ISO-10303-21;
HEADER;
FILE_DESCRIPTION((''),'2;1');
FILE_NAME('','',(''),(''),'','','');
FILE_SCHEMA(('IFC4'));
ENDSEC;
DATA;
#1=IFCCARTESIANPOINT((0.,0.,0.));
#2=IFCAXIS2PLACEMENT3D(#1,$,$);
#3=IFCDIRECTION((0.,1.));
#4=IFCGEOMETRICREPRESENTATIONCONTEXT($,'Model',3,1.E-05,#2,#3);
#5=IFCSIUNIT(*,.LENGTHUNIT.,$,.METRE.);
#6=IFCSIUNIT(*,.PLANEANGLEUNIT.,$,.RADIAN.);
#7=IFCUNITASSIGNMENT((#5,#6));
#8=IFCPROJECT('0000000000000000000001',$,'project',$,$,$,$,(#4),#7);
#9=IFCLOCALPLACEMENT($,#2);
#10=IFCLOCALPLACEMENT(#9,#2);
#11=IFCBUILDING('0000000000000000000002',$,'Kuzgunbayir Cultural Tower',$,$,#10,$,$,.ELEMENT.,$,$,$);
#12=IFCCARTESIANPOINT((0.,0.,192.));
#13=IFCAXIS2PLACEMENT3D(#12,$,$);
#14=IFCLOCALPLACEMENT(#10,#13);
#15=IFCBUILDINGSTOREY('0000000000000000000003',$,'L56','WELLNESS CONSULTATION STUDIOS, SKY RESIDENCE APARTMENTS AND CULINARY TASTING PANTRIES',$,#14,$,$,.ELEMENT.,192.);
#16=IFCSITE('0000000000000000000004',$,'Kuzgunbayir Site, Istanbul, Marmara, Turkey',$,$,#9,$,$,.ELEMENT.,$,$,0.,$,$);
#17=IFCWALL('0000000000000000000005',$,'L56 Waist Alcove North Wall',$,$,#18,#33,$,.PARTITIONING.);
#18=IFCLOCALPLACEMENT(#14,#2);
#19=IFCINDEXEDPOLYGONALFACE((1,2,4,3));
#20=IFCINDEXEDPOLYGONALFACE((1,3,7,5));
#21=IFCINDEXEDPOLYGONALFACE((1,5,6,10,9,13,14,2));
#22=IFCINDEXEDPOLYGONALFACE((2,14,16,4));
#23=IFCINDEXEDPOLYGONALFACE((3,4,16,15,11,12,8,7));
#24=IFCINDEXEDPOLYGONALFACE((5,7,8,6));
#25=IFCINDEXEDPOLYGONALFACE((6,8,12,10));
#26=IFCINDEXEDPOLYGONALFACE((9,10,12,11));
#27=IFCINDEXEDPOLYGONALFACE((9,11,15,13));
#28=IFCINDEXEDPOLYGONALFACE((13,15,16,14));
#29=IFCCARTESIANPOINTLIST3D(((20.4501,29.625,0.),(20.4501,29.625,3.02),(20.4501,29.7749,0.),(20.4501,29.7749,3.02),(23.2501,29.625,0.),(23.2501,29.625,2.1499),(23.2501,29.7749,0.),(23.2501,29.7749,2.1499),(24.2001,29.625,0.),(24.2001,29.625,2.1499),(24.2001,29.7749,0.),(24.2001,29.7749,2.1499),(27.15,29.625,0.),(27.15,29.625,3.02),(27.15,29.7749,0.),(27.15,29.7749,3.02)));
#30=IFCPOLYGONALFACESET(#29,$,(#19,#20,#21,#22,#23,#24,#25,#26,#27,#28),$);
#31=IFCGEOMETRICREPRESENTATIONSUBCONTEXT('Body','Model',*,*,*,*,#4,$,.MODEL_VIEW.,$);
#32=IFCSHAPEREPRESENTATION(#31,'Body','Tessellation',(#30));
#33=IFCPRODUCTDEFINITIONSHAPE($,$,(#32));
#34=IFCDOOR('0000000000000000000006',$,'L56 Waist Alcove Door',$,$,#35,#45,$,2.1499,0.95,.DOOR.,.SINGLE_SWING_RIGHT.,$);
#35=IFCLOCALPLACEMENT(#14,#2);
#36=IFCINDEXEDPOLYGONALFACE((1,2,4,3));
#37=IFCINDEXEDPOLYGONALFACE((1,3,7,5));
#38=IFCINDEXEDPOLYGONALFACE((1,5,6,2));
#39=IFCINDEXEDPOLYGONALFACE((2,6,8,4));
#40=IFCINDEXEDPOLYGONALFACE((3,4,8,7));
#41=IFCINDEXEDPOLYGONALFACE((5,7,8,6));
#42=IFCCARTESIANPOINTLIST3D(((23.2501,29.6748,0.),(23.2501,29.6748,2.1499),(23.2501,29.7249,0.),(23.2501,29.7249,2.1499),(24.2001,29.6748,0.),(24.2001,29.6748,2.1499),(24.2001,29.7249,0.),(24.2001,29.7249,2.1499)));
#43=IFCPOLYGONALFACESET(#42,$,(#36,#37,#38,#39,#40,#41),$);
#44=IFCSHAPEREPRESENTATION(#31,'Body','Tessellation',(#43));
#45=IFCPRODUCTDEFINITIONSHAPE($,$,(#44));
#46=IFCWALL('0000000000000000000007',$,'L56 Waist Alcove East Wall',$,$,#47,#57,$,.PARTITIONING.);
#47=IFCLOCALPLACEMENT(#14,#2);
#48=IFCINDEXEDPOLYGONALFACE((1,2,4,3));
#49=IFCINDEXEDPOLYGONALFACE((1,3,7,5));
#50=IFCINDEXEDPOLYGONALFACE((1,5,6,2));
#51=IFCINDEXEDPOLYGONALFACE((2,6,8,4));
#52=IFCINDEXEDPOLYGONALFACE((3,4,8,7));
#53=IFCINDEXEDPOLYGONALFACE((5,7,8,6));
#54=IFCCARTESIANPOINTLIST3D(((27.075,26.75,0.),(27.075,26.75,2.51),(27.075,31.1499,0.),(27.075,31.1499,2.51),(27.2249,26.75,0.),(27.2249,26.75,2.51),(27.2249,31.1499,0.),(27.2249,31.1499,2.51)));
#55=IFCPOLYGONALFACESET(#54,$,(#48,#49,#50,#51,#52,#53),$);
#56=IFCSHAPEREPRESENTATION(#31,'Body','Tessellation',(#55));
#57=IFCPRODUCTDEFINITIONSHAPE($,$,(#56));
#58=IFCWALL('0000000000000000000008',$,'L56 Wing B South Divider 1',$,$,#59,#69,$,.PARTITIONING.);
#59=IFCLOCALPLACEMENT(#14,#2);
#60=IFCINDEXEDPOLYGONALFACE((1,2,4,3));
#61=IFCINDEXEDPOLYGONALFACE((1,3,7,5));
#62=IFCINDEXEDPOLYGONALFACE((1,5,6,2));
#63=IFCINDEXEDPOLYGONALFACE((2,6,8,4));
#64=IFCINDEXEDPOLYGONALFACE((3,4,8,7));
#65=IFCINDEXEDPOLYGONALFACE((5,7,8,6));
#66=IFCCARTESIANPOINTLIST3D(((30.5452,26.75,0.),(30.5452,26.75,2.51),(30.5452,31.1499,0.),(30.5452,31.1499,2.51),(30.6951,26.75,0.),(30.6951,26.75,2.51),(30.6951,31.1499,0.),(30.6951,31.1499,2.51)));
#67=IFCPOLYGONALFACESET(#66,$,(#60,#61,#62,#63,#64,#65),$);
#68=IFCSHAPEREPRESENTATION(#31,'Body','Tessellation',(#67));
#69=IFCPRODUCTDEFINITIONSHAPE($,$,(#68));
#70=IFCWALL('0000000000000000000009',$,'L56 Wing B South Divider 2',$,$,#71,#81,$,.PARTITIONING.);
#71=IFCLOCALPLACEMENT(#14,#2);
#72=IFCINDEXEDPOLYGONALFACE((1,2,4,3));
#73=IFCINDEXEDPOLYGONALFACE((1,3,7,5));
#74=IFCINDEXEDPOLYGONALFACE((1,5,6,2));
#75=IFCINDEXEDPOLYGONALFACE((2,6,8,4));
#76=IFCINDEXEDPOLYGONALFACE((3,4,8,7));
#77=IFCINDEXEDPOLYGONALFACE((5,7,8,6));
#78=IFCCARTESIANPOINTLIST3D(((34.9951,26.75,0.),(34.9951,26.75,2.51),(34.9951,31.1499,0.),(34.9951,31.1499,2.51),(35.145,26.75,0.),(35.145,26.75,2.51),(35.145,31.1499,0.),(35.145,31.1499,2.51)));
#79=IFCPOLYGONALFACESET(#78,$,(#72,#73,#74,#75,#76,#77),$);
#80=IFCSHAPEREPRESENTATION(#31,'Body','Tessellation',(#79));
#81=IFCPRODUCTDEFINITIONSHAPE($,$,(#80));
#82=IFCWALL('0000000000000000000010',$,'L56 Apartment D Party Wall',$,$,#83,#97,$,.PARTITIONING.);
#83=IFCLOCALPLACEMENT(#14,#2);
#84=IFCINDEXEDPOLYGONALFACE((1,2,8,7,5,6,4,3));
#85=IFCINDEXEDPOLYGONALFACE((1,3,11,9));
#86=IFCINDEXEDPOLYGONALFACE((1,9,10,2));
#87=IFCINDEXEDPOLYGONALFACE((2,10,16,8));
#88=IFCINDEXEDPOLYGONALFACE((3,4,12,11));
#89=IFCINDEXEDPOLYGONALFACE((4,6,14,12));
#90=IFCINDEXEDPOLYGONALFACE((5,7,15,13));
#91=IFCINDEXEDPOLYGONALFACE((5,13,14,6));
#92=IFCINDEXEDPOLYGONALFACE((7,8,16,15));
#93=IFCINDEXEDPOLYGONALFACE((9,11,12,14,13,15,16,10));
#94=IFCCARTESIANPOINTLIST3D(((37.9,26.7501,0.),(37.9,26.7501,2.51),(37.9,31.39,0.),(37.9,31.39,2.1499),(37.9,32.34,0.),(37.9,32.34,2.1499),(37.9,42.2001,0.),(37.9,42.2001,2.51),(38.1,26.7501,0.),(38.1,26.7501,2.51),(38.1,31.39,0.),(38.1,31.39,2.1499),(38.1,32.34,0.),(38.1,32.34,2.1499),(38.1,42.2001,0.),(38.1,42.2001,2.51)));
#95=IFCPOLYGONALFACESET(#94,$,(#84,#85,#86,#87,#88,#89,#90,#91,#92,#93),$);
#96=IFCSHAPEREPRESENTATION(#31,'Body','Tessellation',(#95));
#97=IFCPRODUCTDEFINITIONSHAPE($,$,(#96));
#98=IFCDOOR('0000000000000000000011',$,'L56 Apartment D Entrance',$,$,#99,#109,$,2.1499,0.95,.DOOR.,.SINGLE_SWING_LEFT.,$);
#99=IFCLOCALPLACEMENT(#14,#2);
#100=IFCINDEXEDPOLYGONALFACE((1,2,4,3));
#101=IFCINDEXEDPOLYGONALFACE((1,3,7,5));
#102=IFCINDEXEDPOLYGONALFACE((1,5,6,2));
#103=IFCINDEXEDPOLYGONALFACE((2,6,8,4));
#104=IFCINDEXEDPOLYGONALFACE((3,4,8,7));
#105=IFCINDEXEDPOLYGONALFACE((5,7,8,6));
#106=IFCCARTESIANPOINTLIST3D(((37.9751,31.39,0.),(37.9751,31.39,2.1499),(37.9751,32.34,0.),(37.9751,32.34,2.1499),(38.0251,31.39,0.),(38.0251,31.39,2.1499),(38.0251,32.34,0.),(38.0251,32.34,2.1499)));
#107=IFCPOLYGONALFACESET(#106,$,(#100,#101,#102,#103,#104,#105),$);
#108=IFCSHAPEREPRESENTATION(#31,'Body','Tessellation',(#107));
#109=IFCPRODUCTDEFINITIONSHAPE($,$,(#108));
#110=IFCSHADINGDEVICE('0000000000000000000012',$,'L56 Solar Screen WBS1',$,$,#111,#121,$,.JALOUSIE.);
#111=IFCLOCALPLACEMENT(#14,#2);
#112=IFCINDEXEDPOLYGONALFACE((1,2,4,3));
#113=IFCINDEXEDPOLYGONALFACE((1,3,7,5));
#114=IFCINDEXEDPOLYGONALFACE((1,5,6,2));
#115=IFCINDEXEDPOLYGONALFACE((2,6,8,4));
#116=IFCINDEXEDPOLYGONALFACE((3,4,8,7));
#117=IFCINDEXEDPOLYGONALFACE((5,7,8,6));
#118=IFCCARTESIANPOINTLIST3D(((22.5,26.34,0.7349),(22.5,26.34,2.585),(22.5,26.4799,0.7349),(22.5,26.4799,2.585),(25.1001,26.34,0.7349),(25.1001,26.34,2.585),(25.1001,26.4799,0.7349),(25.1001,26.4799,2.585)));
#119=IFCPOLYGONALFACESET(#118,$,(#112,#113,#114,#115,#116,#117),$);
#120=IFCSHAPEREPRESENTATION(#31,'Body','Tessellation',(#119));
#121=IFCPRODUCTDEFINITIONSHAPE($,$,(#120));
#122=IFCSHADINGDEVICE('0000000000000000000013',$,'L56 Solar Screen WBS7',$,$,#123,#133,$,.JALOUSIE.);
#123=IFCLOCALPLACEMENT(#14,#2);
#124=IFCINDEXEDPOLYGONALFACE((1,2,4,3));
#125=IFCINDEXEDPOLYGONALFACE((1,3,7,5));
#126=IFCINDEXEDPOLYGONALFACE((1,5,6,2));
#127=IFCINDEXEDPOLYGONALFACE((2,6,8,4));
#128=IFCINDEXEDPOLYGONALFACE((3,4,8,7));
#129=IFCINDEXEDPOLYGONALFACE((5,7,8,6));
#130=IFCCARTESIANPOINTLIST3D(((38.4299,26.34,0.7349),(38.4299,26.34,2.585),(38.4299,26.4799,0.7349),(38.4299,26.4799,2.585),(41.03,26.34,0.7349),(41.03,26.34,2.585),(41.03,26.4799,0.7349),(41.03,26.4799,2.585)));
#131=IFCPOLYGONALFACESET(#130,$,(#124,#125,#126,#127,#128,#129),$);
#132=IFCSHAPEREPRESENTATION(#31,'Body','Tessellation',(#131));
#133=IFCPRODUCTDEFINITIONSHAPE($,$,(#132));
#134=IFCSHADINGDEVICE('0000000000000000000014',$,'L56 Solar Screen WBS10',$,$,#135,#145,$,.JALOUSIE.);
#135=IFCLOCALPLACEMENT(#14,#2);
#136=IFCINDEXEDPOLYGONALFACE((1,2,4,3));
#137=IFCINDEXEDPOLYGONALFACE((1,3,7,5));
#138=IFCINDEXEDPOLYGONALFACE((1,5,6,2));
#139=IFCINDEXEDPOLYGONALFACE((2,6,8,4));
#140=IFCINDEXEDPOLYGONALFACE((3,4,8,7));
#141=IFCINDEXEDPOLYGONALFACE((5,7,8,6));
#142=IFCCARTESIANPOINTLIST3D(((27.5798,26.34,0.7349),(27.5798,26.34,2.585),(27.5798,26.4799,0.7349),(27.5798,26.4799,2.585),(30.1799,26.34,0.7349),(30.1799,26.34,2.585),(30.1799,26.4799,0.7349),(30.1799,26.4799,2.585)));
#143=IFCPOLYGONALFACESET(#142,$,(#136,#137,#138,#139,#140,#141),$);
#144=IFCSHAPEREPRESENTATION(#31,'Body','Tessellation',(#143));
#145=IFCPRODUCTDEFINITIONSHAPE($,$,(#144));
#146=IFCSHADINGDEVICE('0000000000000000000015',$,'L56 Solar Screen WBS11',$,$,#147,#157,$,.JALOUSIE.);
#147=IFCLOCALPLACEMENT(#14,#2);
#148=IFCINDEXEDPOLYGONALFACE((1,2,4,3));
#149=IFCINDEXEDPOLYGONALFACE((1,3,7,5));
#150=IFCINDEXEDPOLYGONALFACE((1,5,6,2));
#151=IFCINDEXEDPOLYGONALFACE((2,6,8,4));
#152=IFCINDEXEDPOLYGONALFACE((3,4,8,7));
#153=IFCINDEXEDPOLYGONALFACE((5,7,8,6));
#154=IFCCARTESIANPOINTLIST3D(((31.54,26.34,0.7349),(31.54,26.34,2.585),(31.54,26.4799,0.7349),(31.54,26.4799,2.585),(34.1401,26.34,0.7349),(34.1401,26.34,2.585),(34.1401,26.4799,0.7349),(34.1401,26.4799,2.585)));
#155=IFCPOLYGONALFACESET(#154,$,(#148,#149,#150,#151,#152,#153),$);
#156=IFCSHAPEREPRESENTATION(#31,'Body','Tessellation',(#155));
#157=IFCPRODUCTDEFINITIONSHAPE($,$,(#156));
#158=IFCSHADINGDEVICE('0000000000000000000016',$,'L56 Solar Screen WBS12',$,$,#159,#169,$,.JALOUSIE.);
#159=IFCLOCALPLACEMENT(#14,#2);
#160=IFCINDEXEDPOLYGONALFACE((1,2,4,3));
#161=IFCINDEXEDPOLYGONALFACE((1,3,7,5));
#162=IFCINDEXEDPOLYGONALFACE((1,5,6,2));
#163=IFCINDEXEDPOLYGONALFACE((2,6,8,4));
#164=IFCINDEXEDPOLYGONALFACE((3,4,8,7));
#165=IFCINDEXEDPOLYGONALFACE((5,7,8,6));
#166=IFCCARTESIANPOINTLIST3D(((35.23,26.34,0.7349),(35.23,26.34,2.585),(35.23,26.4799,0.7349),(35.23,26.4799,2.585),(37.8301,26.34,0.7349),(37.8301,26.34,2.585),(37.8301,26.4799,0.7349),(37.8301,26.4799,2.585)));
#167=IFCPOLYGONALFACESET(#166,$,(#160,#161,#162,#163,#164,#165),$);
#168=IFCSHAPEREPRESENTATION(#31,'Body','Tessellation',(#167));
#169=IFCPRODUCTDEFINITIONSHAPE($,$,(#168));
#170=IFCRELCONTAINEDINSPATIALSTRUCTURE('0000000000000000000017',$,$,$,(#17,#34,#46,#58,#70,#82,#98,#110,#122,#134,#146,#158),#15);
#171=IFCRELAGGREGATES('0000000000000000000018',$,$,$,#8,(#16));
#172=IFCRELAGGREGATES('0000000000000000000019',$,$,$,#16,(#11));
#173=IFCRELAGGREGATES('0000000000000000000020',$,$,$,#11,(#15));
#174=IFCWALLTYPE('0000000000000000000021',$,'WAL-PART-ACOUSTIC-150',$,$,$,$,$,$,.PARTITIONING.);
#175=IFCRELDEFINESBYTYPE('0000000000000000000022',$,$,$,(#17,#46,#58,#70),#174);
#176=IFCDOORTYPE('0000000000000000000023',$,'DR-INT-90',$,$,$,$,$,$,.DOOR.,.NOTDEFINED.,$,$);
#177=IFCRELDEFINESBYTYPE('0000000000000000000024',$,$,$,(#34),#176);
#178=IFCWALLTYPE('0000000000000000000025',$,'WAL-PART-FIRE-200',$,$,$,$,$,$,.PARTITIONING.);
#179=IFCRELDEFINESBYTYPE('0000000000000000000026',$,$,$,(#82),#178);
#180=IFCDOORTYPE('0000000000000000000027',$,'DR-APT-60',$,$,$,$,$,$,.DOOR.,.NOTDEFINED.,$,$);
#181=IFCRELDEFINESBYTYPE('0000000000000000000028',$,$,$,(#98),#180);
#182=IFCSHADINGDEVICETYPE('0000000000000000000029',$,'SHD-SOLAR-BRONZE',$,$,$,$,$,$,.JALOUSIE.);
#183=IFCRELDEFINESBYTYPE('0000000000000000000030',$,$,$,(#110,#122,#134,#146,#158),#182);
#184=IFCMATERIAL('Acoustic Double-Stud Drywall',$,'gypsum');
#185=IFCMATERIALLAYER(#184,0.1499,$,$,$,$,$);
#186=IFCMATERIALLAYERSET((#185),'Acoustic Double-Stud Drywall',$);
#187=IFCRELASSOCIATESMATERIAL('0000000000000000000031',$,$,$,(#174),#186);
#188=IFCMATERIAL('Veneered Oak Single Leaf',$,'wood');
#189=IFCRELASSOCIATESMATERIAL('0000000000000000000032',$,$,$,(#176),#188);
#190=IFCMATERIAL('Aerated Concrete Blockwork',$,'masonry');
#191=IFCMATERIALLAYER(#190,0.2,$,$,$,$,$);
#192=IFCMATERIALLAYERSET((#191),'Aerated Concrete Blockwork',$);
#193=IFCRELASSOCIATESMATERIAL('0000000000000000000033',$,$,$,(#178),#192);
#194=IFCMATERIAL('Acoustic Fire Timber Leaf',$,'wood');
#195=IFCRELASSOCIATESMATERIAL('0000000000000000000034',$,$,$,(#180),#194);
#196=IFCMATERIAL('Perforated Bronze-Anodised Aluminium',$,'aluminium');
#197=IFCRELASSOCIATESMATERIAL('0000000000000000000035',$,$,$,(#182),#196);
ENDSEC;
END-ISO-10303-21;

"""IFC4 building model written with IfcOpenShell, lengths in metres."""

from ifc_helpers import new_model, si_unit, direction, frame, frame_2d, origin, origin_2d, place, context, subcontext, project, spatial, rectangle, extrude, material, layer, layer_set, type_object, element, fill, save


model = new_model("IFC4")

# Units and contexts
model_context = context("Model", 3, precision=1e-05, world=origin(), true_north=direction((0.0, 1.0)))
body_context = subcontext(model_context, "Body", "Model", "MODEL_VIEW")
ifc_project = project(units=[si_unit("LENGTHUNIT", "METRE"), si_unit("PLANEANGLEUNIT", "RADIAN")], contexts=[model_context])

# Site, building, storey
site_placement = place(None, origin())
site = spatial("IfcSite", under=ifc_project, at=site_placement, Name="Kuzgunbayir Site, Istanbul, Marmara, Turkey", CompositionType="ELEMENT", RefElevation=0.0)
building_placement = place(site_placement, origin())
building = spatial("IfcBuilding", under=site, at=building_placement, Name="Kuzgunbayir Cultural Tower", CompositionType="ELEMENT")
storey_placement = place(building_placement, frame((0.0, 0.0, 192.0)))
storey = spatial("IfcBuildingStorey", under=building, at=storey_placement, Name="L56", Description="WELLNESS CONSULTATION STUDIOS, SKY RESIDENCE APARTMENTS AND CULINARY TASTING PANTRIES", CompositionType="ELEMENT", Elevation=192.0)

# Wall, opening, door
ifc_material_1 = material(Name="Acoustic Double-Stud Drywall", Category="gypsum")
ifc_layer_1 = layer(ifc_material_1, 0.1499)
ifc_layer_set_1 = layer_set([ifc_layer_1], Name="Acoustic Double-Stud Drywall")
wall_type_1 = type_object("IfcWallType", Name="WAL-PART-ACOUSTIC-150", PredefinedType="PARTITIONING", material=ifc_layer_set_1)
wall_1_placement = place(storey_placement, frame((20.45, 29.7, 0.0), z_axis=(0.0, 0.0, 1.0), x_axis=(1.0, 0.0, 0.0)))
wall_1 = element("IfcWall", 1, at=wall_1_placement, inside=storey, type_object=wall_type_1, Name="L56 Waist Alcove North Wall", PredefinedType="PARTITIONING", context=body_context, shape_type="SweptSolid", body=[
    extrude(rectangle(XDim=6.7, YDim=0.1499, at=frame_2d((3.3501, 0.0))), origin(), (0.0, 0.0, 1.0), 3.02),
])
opening_1_placement = place(wall_1_placement, frame((2.8, 0.0, 0.0)))
opening_1 = element("IfcOpeningElement", 2, at=opening_1_placement, cuts=wall_1, PredefinedType="OPENING", context=body_context, shape_type="SweptSolid", body=[
    extrude(rectangle(XDim=0.95, YDim=2.1499, at=frame_2d((0.4751, 1.075))), frame((0.0, 0.085, 0.0), z_axis=(0.0, -1.0, 0.0), x_axis=(1.0, 0.0, 0.0)), (0.0, 0.0, 1.0), 0.1699),
])
ifc_material_2 = material(Name="Veneered Oak Single Leaf", Category="wood")
door_type_1 = type_object("IfcDoorType", Name="DR-INT-90", OperationType="NOTDEFINED", PredefinedType="DOOR", material=ifc_material_2)
door_1_placement = place(opening_1_placement, origin())
door_1 = element("IfcDoor", 3, at=door_1_placement, inside=storey, type_object=door_type_1, Name="L56 Waist Alcove Door", OperationType="SINGLE_SWING_RIGHT", OverallHeight=2.1499, OverallWidth=0.95, PredefinedType="DOOR", context=body_context, shape_type="SweptSolid", body=[
    extrude(rectangle(XDim=0.95, YDim=2.1499, at=frame_2d((0.4751, 1.075))), frame((0.0, 0.0249, 0.0), z_axis=(0.0, -1.0, 0.0), x_axis=(1.0, 0.0, 0.0)), (0.0, 0.0, 1.0), 0.05),
])
fill(opening_1, door_1)

# Walls
for number, where, z_axis, x_axis, name in (
    (4, (27.1499, 26.75, 0.0), (0.0, 0.0, 1.0), (0.0, 1.0, 0.0), "L56 Waist Alcove East Wall"),
    (5, (30.6201, 26.75, 0.0), (0.0, 0.0, 1.0), (0.0, 1.0, 0.0), "L56 Wing B South Divider 1"),
    (6, (35.0701, 26.75, 0.0), (0.0, 0.0, 1.0), (0.0, 1.0, 0.0), "L56 Wing B South Divider 2"),
):
    element("IfcWall", number, at=place(storey_placement, frame(where, z_axis=z_axis, x_axis=x_axis)), inside=storey, type_object=wall_type_1, Name=name, PredefinedType="PARTITIONING", context=body_context, shape_type="SweptSolid", body=[
        extrude(rectangle(XDim=4.3999, YDim=0.1499, at=frame_2d((2.2, 0.0))), origin(), (0.0, 0.0, 1.0), 2.51),
    ])

# Wall, opening, door
ifc_material_3 = material(Name="Aerated Concrete Blockwork", Category="masonry")
ifc_layer_2 = layer(ifc_material_3, 0.2)
ifc_layer_set_2 = layer_set([ifc_layer_2], Name="Aerated Concrete Blockwork")
wall_type_2 = type_object("IfcWallType", Name="WAL-PART-FIRE-200", PredefinedType="PARTITIONING", material=ifc_layer_set_2)
wall_2_placement = place(storey_placement, frame((38.0, 26.75, 0.0), z_axis=(0.0, 0.0, 1.0), x_axis=(0.0, 1.0, 0.0)))
wall_2 = element("IfcWall", 7, at=wall_2_placement, inside=storey, type_object=wall_type_2, Name="L56 Apartment D Party Wall", PredefinedType="PARTITIONING", context=body_context, shape_type="SweptSolid", body=[
    extrude(rectangle(XDim=15.45, YDim=0.2, at=frame_2d((7.7251, 0.0))), origin(), (0.0, 0.0, 1.0), 2.51),
])
opening_2_placement = place(wall_2_placement, frame((4.6399, 0.0, 0.0)))
opening_2 = element("IfcOpeningElement", 8, at=opening_2_placement, cuts=wall_2, PredefinedType="OPENING", context=body_context, shape_type="SweptSolid", body=[
    extrude(rectangle(XDim=0.95, YDim=2.1499, at=frame_2d((0.4751, 1.075))), frame((0.0, 0.1099, 0.0), z_axis=(0.0, -1.0, 0.0), x_axis=(1.0, 0.0, 0.0)), (0.0, 0.0, 1.0), 0.22),
])
ifc_material_4 = material(Name="Acoustic Fire Timber Leaf", Category="wood")
door_type_2 = type_object("IfcDoorType", Name="DR-APT-60", OperationType="NOTDEFINED", PredefinedType="DOOR", material=ifc_material_4)
door_2_placement = place(opening_2_placement, origin())
door_2 = element("IfcDoor", 9, at=door_2_placement, inside=storey, type_object=door_type_2, Name="L56 Apartment D Entrance", OperationType="SINGLE_SWING_LEFT", OverallHeight=2.1499, OverallWidth=0.95, PredefinedType="DOOR", context=body_context, shape_type="SweptSolid", body=[
    extrude(rectangle(XDim=0.95, YDim=2.1499, at=frame_2d((0.4751, 1.075))), frame((0.0, 0.0249, 0.0), z_axis=(0.0, -1.0, 0.0), x_axis=(1.0, 0.0, 0.0)), (0.0, 0.0, 1.0), 0.05),
])
fill(opening_2, door_2)

# Shading devices
ifc_material_5 = material(Name="Perforated Bronze-Anodised Aluminium", Category="aluminium")
shading_device_type = type_object("IfcShadingDeviceType", Name="SHD-SOLAR-BRONZE", PredefinedType="JALOUSIE", material=ifc_material_5)
for number, where, z_axis, x_axis, name in (
    (10, (23.8, 26.4099, 0.7349), (0.0, 0.0, 1.0), (1.0, 0.0, 0.0), "L56 Solar Screen WBS1"),
    (11, (39.73, 26.4099, 0.7349), (0.0, 0.0, 1.0), (1.0, 0.0, 0.0), "L56 Solar Screen WBS7"),
    (12, (28.8799, 26.4099, 0.7349), (0.0, 0.0, 1.0), (1.0, 0.0, 0.0), "L56 Solar Screen WBS10"),
    (13, (32.8401, 26.4099, 0.7349), (0.0, 0.0, 1.0), (1.0, 0.0, 0.0), "L56 Solar Screen WBS11"),
    (14, (36.53, 26.4099, 0.7349), (0.0, 0.0, 1.0), (1.0, 0.0, 0.0), "L56 Solar Screen WBS12"),
):
    element("IfcShadingDevice", number, at=place(storey_placement, frame(where, z_axis=z_axis, x_axis=x_axis)), inside=storey, type_object=shading_device_type, Name=name, PredefinedType="JALOUSIE", context=body_context, shape_type="SweptSolid", body=[
        extrude(rectangle(XDim=2.6001, YDim=0.1399, at=origin_2d()), origin(), (0.0, 0.0, 1.0), 1.8501),
    ])

save(model, "model.ifc")
